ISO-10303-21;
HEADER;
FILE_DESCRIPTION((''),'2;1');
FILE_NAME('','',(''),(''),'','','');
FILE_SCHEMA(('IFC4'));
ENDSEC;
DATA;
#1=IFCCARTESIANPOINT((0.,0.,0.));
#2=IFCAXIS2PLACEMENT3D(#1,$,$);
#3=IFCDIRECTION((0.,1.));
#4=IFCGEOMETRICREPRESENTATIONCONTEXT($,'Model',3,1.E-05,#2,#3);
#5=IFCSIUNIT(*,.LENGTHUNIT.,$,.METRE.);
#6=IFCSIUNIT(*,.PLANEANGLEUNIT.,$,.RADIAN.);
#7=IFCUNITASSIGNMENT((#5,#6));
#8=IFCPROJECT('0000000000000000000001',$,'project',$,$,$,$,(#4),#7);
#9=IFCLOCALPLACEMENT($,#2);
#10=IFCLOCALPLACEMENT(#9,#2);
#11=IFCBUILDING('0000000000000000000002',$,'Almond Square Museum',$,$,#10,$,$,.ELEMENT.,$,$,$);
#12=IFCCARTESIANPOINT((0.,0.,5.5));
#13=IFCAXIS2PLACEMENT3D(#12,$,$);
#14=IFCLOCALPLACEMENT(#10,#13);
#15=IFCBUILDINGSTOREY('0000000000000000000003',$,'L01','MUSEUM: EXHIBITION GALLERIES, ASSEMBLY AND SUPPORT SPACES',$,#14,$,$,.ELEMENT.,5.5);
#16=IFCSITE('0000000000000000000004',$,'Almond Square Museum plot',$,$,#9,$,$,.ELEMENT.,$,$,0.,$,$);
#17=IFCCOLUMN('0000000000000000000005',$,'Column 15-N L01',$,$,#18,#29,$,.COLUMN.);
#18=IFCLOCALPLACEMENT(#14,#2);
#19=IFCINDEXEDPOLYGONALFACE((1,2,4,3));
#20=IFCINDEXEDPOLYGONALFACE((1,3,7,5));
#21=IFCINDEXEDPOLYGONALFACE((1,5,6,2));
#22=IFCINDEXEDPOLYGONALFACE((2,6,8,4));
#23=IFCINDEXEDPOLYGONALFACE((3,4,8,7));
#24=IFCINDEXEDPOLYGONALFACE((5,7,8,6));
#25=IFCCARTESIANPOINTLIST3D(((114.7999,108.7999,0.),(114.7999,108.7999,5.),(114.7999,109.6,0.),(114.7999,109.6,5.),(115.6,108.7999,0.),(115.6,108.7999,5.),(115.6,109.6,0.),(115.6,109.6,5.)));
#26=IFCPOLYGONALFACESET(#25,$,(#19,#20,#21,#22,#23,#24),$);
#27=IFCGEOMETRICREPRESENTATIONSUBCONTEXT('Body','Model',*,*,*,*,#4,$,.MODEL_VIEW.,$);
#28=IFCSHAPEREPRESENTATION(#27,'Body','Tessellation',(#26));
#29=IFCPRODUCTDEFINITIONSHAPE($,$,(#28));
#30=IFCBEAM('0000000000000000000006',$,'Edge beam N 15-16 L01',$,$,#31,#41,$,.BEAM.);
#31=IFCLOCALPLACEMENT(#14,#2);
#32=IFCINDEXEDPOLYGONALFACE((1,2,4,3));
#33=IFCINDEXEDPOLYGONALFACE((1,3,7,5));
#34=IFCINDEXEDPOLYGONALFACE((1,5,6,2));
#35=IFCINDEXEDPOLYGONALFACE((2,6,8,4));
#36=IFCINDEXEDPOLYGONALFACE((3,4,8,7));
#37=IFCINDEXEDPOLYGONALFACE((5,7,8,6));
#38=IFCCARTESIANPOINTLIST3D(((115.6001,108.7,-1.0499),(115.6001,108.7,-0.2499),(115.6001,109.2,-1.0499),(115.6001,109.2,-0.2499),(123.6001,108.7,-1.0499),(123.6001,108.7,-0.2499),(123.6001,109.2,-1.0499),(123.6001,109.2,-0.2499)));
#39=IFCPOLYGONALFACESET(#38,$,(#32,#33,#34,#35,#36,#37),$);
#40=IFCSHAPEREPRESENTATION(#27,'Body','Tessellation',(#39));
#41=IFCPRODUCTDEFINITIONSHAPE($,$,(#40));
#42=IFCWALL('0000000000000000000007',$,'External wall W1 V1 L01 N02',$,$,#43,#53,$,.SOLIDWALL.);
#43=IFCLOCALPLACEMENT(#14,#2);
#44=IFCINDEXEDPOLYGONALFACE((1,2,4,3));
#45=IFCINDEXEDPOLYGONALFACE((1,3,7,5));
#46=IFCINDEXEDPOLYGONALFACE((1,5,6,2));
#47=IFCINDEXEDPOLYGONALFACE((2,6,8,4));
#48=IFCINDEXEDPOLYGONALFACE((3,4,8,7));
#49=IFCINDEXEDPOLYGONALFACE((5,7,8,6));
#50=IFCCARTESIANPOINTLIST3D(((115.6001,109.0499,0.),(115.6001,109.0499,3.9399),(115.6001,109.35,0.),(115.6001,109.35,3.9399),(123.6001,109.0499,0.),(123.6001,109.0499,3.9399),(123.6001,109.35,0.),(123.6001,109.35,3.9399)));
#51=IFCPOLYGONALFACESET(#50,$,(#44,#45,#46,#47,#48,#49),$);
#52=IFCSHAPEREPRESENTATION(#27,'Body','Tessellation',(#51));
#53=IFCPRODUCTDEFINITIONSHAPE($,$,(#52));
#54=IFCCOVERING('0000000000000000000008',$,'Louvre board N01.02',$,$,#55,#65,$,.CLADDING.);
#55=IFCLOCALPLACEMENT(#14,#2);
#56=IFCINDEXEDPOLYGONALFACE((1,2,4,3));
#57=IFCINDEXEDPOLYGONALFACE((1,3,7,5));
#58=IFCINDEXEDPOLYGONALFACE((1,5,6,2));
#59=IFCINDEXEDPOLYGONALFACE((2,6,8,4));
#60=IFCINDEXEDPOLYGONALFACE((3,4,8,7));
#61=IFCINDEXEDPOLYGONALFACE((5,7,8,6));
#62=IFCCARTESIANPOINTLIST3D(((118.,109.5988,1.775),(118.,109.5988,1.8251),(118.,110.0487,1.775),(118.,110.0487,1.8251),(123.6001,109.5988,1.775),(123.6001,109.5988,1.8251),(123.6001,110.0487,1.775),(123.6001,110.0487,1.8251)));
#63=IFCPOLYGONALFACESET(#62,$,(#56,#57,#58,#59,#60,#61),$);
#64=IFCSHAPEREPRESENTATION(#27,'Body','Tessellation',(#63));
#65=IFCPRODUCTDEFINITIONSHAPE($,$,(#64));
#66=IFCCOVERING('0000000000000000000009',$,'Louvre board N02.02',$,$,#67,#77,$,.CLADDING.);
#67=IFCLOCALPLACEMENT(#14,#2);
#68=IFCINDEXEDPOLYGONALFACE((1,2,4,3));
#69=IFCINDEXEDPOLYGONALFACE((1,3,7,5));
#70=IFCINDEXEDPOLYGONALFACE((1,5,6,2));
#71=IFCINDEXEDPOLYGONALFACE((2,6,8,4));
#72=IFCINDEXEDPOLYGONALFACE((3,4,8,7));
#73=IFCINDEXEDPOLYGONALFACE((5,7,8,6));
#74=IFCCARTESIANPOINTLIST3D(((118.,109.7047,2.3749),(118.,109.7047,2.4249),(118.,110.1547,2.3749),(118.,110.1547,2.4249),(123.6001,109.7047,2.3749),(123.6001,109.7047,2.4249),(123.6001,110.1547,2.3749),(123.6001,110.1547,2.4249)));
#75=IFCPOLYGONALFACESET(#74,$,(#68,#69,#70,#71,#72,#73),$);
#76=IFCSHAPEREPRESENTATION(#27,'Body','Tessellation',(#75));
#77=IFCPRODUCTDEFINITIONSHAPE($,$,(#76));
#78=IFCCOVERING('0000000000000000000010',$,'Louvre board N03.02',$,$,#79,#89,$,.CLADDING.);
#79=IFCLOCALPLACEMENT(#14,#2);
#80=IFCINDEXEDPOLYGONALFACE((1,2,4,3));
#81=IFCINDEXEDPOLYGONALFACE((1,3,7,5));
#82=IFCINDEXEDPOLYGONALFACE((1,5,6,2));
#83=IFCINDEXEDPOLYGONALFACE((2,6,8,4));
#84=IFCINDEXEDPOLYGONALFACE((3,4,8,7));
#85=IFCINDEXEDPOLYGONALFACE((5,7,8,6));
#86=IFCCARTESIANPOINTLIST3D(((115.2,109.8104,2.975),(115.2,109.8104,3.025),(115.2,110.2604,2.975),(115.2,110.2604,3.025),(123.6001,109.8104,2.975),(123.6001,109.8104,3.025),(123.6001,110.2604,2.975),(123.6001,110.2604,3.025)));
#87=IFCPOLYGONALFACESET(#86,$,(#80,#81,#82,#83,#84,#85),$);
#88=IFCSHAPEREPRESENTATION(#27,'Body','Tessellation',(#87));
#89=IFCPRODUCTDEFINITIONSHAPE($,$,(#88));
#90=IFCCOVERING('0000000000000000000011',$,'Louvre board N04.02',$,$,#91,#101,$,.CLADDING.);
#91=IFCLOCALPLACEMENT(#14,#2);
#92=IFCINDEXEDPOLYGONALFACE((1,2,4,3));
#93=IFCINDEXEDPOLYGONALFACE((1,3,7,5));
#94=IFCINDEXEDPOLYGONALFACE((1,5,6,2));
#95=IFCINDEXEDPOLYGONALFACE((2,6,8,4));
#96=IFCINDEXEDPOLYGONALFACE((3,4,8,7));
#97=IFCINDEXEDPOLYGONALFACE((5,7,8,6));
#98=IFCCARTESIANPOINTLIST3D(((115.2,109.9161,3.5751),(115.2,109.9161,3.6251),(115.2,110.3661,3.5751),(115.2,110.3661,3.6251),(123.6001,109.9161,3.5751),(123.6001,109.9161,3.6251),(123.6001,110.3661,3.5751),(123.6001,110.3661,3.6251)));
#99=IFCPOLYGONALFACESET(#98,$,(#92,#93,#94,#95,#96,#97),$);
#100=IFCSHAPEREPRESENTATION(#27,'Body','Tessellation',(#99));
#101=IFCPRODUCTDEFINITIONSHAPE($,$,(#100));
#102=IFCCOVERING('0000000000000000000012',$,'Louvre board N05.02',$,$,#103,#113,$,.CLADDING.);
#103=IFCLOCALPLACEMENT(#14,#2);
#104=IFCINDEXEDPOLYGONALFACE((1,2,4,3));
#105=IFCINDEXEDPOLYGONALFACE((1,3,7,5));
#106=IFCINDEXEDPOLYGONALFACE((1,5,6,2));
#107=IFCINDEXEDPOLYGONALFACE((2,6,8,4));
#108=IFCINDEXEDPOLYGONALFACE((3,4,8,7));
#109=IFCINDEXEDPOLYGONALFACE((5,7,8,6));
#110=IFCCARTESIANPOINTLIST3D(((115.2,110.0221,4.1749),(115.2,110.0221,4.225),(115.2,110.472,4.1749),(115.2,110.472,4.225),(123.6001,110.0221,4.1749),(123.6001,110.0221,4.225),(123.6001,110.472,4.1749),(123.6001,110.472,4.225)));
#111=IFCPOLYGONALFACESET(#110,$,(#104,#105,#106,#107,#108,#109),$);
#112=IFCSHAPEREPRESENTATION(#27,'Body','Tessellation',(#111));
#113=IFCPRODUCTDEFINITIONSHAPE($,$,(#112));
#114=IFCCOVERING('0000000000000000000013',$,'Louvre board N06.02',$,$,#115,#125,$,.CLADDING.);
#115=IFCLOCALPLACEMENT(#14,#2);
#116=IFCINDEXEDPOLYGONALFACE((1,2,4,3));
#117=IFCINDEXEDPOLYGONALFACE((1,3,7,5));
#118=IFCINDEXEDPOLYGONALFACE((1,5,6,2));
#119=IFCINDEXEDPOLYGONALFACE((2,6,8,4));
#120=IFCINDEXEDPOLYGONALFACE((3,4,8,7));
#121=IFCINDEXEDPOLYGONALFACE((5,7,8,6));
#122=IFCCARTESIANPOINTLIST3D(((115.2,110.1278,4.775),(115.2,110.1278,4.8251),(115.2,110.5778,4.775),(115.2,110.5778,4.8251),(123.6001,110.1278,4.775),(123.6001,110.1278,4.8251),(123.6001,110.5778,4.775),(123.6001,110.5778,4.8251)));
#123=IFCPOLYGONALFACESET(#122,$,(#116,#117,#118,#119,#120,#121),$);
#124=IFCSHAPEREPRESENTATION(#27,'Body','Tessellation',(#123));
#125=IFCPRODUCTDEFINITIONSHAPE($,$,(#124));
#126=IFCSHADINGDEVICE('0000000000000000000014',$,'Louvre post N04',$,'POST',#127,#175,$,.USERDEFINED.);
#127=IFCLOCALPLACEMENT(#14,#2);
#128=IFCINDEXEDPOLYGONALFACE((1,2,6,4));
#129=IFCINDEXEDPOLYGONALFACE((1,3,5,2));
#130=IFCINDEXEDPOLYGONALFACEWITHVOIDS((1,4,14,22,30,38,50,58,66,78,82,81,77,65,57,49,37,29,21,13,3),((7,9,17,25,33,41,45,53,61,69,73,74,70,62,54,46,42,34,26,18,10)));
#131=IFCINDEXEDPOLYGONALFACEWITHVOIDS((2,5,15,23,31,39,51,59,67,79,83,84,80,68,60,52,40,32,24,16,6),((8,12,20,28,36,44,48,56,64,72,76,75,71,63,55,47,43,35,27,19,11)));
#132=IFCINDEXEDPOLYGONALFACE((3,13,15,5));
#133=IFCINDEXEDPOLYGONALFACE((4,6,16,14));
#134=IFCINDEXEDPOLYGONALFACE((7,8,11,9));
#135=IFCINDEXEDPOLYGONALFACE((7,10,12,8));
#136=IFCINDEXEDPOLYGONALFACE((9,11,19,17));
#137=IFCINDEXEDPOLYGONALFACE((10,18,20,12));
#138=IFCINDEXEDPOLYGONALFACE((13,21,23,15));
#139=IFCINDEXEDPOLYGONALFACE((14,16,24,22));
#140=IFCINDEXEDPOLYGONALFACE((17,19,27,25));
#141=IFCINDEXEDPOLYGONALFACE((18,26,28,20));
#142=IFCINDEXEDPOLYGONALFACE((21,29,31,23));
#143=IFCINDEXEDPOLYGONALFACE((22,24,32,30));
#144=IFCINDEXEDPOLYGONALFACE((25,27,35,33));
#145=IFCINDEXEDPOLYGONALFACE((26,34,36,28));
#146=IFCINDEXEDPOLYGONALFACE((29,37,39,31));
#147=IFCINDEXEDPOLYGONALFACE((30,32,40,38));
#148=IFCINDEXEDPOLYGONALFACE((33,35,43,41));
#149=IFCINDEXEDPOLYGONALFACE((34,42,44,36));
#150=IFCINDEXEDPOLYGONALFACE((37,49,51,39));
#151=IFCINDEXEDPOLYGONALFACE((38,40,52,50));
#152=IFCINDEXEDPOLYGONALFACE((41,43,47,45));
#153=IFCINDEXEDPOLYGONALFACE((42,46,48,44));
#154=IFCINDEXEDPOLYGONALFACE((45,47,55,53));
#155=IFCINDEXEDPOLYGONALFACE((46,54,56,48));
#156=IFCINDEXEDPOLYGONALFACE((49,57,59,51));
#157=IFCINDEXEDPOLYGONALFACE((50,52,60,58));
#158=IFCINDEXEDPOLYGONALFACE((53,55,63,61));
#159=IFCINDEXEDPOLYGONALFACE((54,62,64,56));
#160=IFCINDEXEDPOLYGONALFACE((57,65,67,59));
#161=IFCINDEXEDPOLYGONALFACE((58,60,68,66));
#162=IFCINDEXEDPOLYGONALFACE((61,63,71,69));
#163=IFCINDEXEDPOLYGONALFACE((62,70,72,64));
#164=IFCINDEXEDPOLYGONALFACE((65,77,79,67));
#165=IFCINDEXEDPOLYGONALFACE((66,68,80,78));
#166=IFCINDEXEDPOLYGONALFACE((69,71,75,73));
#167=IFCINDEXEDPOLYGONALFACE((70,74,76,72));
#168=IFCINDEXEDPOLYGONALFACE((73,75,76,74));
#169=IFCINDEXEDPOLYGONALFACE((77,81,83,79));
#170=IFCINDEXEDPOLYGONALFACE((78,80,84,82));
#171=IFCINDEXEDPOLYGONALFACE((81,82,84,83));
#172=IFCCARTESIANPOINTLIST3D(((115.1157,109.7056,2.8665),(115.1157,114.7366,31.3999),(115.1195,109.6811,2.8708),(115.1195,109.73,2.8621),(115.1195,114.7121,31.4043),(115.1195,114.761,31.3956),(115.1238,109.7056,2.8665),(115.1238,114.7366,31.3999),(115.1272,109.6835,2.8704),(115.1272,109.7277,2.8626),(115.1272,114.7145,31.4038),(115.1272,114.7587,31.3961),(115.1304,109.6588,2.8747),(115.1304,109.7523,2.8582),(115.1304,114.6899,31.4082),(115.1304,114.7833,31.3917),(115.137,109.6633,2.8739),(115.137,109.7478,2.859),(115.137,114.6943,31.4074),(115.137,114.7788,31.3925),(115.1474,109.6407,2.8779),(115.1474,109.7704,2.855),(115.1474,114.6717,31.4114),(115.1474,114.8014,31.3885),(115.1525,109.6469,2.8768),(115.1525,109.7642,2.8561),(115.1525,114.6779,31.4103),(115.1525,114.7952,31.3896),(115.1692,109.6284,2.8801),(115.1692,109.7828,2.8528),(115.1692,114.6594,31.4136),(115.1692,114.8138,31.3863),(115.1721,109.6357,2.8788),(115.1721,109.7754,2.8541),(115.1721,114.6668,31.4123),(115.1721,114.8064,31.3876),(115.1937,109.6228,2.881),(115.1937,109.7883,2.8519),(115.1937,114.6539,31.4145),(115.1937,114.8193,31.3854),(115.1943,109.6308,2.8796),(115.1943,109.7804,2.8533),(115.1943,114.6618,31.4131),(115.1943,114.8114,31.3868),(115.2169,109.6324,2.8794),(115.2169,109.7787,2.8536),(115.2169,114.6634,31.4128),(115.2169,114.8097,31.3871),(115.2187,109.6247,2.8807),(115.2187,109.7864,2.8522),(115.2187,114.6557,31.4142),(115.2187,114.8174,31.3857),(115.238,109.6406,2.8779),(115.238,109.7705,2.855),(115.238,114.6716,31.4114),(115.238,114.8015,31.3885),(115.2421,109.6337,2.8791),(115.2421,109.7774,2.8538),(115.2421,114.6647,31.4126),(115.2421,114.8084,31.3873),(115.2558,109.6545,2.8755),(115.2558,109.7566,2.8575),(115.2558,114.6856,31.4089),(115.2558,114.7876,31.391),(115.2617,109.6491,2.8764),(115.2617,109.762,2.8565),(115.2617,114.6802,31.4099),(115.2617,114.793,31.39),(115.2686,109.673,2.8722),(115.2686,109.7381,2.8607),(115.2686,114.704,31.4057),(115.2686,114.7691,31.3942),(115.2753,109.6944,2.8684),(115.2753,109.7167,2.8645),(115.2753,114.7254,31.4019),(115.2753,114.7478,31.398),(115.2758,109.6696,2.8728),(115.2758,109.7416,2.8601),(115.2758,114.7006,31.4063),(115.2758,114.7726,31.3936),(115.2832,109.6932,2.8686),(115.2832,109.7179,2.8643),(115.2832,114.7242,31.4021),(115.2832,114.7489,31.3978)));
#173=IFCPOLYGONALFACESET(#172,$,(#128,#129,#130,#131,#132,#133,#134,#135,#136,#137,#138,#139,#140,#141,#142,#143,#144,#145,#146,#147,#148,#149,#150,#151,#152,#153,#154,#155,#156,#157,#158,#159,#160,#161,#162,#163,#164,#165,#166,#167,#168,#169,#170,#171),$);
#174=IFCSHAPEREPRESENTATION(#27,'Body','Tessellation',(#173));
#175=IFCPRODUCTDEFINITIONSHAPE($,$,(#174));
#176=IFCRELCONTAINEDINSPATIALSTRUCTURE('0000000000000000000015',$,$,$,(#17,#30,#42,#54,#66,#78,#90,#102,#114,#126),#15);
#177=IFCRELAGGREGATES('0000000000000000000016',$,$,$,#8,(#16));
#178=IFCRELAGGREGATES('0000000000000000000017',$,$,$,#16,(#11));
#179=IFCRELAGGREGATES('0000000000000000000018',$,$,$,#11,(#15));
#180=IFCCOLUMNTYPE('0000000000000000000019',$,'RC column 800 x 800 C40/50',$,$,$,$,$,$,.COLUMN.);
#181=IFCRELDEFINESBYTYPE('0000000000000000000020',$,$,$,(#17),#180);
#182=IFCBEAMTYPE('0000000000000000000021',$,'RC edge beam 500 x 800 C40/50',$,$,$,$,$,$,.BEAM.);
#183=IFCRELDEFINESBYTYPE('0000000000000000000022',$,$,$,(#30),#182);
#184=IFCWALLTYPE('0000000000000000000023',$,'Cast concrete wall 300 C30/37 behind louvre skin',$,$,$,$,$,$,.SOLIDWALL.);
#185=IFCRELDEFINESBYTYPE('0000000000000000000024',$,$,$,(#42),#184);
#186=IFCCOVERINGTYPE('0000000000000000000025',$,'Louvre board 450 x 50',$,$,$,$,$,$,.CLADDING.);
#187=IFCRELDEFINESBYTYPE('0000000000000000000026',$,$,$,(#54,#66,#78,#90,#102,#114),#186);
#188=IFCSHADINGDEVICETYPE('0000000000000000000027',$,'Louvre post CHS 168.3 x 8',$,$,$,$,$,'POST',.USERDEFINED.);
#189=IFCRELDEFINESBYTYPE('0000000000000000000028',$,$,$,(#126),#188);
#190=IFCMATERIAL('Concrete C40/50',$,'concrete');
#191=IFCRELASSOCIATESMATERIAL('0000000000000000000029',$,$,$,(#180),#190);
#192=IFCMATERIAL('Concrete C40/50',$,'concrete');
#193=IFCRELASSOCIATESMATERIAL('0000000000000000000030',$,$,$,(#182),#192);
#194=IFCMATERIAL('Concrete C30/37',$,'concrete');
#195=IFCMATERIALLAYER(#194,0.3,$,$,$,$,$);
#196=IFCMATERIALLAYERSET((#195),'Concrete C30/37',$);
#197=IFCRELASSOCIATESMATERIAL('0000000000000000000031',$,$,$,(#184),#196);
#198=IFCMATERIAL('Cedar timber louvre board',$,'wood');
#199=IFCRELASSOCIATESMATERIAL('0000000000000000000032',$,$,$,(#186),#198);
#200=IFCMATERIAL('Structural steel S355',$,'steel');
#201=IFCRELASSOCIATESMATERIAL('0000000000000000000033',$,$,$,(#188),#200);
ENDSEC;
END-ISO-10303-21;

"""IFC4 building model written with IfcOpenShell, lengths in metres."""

from ifc_helpers import new_model, si_unit, direction, frame, frame_2d, origin, origin_2d, place, context, subcontext, project, spatial, rectangle, hollow_circle, extrude, material, layer, layer_set, material_profile, profile_set, type_object, element, save


model = new_model("IFC4")

# Units and contexts
model_context = context("Model", 3, precision=1e-05, world=origin(), true_north=direction((0.0, 1.0)))
body_context = subcontext(model_context, "Body", "Model", "MODEL_VIEW")
ifc_project = project(units=[si_unit("LENGTHUNIT", "METRE"), si_unit("PLANEANGLEUNIT", "RADIAN")], contexts=[model_context])

# Site, building, storey
site_placement = place(None, origin())
site = spatial("IfcSite", under=ifc_project, at=site_placement, Name="Almond Square Museum plot", CompositionType="ELEMENT", RefElevation=0.0)
building_placement = place(site_placement, origin())
building = spatial("IfcBuilding", under=site, at=building_placement, Name="Almond Square Museum", CompositionType="ELEMENT")
storey_placement = place(building_placement, frame((0.0, 0.0, 5.5)))
storey = spatial("IfcBuildingStorey", under=building, at=storey_placement, Name="L01", Description="MUSEUM: EXHIBITION GALLERIES, ASSEMBLY AND SUPPORT SPACES", CompositionType="ELEMENT", Elevation=5.5)

# Column
ifc_material_1 = material(Name="Concrete C40/50", Category="concrete")
ifc_material_profile_1 = material_profile(ifc_material_1, rectangle(XDim=0.8, YDim=0.8, at=origin_2d()))
ifc_profile_set_1 = profile_set([ifc_material_profile_1], Name="Concrete C40/50")
column_type = type_object("IfcColumnType", Name="RC column 800 x 800 C40/50", PredefinedType="COLUMN", material=ifc_profile_set_1)
column_placement = place(storey_placement, frame((115.2, 109.2, 0.0), z_axis=(0.0, 0.0, 1.0), x_axis=(1.0, 0.0, 0.0)))
element("IfcColumn", 1, at=column_placement, inside=storey, type_object=column_type, Name="Column 15-N L01", PredefinedType="COLUMN", context=body_context, shape_type="SweptSolid", body=[
    extrude(rectangle(XDim=0.8, YDim=0.8, at=origin_2d()), origin(), (0.0, 0.0, 1.0), 5.0),
])

# Beam
ifc_material_2 = material(Name="Concrete C40/50", Category="concrete")
ifc_material_profile_2 = material_profile(ifc_material_2, rectangle(XDim=0.5, YDim=0.8, at=origin_2d()))
ifc_profile_set_2 = profile_set([ifc_material_profile_2], Name="Concrete C40/50")
beam_type = type_object("IfcBeamType", Name="RC edge beam 500 x 800 C40/50", PredefinedType="BEAM", material=ifc_profile_set_2)
beam_placement = place(storey_placement, frame((115.6001, 108.95, -0.6499), z_axis=(1.0, 0.0, 0.0), x_axis=(0.0, 1.0, 0.0)))
element("IfcBeam", 2, at=beam_placement, inside=storey, type_object=beam_type, Name="Edge beam N 15-16 L01", PredefinedType="BEAM", context=body_context, shape_type="SweptSolid", body=[
    extrude(rectangle(XDim=0.5, YDim=0.8, at=origin_2d()), origin(), (0.0, 0.0, 1.0), 8.0),
])

# Wall
ifc_material_3 = material(Name="Concrete C30/37", Category="concrete")
ifc_layer_1 = layer(ifc_material_3, 0.3)
ifc_layer_set_1 = layer_set([ifc_layer_1], Name="Concrete C30/37")
wall_type = type_object("IfcWallType", Name="Cast concrete wall 300 C30/37 behind louvre skin", PredefinedType="SOLIDWALL", material=ifc_layer_set_1)
wall_placement = place(storey_placement, frame((115.6001, 109.2, 0.0), z_axis=(0.0, 0.0, 1.0), x_axis=(1.0, 0.0, 0.0)))
element("IfcWall", 3, at=wall_placement, inside=storey, type_object=wall_type, Name="External wall W1 V1 L01 N02", PredefinedType="SOLIDWALL", context=body_context, shape_type="SweptSolid", body=[
    extrude(rectangle(XDim=8.0, YDim=0.3, at=frame_2d((4.0, 0.0))), origin(), (0.0, 0.0, 1.0), 3.9399),
])

# Coverings
ifc_material_4 = material(Name="Cedar timber louvre board", Category="wood")
ifc_material_profile_3 = material_profile(ifc_material_4, rectangle(XDim=0.45, YDim=0.05, at=origin_2d()))
ifc_profile_set_3 = profile_set([ifc_material_profile_3], Name="Cedar timber louvre board")
covering_type_1 = type_object("IfcCoveringType", Name="Louvre board 450 x 50", PredefinedType="CLADDING", material=ifc_profile_set_3)
for number, where, z_axis, x_axis, name in (
    (4, (118.0, 109.8237, 1.8), (1.0, 0.0, 0.0), (0.0, 1.0, 0.0), "Louvre board N01.02"),
    (5, (118.0, 109.9297, 2.3999), (1.0, 0.0, 0.0), (0.0, 1.0, 0.0), "Louvre board N02.02"),
):
    element("IfcCovering", number, at=place(storey_placement, frame(where, z_axis=z_axis, x_axis=x_axis)), inside=storey, type_object=covering_type_1, Name=name, PredefinedType="CLADDING", context=body_context, shape_type="SweptSolid", body=[
        extrude(rectangle(XDim=0.45, YDim=0.05, at=origin_2d()), origin(), (0.0, 0.0, 1.0), 5.6001),
    ])
for number, where, z_axis, x_axis, name in (
    (6, (115.2, 110.0354, 3.0), (1.0, 0.0, 0.0), (0.0, 1.0, 0.0), "Louvre board N03.02"),
    (7, (115.2, 110.1411, 3.6001), (1.0, 0.0, 0.0), (0.0, 1.0, 0.0), "Louvre board N04.02"),
    (8, (115.2, 110.2471, 4.2), (1.0, 0.0, 0.0), (0.0, 1.0, 0.0), "Louvre board N05.02"),
    (9, (115.2, 110.3528, 4.8), (1.0, 0.0, 0.0), (0.0, 1.0, 0.0), "Louvre board N06.02"),
):
    element("IfcCovering", number, at=place(storey_placement, frame(where, z_axis=z_axis, x_axis=x_axis)), inside=storey, type_object=covering_type_1, Name=name, PredefinedType="CLADDING", context=body_context, shape_type="SweptSolid", body=[
        extrude(rectangle(XDim=0.45, YDim=0.05, at=origin_2d()), origin(), (0.0, 0.0, 1.0), 8.4001),
    ])

# Shading device
ifc_material_5 = material(Name="Structural steel S355", Category="steel")
ifc_material_profile_4 = material_profile(ifc_material_5, hollow_circle(Radius=0.0842, WallThickness=0.0081, at=origin_2d()))
ifc_profile_set_4 = profile_set([ifc_material_profile_4], Name="Structural steel S355")
shading_device_type = type_object("IfcShadingDeviceType", Name="Louvre post CHS 168.3 x 8", ElementType="POST", PredefinedType="USERDEFINED", material=ifc_profile_set_4)
shading_device_1_placement = place(storey_placement, frame((115.2, 109.7056, 2.8665), z_axis=(0.0, 0.173641, 0.984809), x_axis=(-1.0, 0.0, 0.0)))
element("IfcShadingDevice", 10, at=shading_device_1_placement, inside=storey, type_object=shading_device_type, Name="Louvre post N04", ObjectType="POST", PredefinedType="USERDEFINED", context=body_context, shape_type="SweptSolid", body=[
    extrude(hollow_circle(Radius=0.0842, WallThickness=0.0081, at=origin_2d()), origin(), (0.0, 0.0, 1.0), 28.9736),
])

save(model, "model.ifc")
